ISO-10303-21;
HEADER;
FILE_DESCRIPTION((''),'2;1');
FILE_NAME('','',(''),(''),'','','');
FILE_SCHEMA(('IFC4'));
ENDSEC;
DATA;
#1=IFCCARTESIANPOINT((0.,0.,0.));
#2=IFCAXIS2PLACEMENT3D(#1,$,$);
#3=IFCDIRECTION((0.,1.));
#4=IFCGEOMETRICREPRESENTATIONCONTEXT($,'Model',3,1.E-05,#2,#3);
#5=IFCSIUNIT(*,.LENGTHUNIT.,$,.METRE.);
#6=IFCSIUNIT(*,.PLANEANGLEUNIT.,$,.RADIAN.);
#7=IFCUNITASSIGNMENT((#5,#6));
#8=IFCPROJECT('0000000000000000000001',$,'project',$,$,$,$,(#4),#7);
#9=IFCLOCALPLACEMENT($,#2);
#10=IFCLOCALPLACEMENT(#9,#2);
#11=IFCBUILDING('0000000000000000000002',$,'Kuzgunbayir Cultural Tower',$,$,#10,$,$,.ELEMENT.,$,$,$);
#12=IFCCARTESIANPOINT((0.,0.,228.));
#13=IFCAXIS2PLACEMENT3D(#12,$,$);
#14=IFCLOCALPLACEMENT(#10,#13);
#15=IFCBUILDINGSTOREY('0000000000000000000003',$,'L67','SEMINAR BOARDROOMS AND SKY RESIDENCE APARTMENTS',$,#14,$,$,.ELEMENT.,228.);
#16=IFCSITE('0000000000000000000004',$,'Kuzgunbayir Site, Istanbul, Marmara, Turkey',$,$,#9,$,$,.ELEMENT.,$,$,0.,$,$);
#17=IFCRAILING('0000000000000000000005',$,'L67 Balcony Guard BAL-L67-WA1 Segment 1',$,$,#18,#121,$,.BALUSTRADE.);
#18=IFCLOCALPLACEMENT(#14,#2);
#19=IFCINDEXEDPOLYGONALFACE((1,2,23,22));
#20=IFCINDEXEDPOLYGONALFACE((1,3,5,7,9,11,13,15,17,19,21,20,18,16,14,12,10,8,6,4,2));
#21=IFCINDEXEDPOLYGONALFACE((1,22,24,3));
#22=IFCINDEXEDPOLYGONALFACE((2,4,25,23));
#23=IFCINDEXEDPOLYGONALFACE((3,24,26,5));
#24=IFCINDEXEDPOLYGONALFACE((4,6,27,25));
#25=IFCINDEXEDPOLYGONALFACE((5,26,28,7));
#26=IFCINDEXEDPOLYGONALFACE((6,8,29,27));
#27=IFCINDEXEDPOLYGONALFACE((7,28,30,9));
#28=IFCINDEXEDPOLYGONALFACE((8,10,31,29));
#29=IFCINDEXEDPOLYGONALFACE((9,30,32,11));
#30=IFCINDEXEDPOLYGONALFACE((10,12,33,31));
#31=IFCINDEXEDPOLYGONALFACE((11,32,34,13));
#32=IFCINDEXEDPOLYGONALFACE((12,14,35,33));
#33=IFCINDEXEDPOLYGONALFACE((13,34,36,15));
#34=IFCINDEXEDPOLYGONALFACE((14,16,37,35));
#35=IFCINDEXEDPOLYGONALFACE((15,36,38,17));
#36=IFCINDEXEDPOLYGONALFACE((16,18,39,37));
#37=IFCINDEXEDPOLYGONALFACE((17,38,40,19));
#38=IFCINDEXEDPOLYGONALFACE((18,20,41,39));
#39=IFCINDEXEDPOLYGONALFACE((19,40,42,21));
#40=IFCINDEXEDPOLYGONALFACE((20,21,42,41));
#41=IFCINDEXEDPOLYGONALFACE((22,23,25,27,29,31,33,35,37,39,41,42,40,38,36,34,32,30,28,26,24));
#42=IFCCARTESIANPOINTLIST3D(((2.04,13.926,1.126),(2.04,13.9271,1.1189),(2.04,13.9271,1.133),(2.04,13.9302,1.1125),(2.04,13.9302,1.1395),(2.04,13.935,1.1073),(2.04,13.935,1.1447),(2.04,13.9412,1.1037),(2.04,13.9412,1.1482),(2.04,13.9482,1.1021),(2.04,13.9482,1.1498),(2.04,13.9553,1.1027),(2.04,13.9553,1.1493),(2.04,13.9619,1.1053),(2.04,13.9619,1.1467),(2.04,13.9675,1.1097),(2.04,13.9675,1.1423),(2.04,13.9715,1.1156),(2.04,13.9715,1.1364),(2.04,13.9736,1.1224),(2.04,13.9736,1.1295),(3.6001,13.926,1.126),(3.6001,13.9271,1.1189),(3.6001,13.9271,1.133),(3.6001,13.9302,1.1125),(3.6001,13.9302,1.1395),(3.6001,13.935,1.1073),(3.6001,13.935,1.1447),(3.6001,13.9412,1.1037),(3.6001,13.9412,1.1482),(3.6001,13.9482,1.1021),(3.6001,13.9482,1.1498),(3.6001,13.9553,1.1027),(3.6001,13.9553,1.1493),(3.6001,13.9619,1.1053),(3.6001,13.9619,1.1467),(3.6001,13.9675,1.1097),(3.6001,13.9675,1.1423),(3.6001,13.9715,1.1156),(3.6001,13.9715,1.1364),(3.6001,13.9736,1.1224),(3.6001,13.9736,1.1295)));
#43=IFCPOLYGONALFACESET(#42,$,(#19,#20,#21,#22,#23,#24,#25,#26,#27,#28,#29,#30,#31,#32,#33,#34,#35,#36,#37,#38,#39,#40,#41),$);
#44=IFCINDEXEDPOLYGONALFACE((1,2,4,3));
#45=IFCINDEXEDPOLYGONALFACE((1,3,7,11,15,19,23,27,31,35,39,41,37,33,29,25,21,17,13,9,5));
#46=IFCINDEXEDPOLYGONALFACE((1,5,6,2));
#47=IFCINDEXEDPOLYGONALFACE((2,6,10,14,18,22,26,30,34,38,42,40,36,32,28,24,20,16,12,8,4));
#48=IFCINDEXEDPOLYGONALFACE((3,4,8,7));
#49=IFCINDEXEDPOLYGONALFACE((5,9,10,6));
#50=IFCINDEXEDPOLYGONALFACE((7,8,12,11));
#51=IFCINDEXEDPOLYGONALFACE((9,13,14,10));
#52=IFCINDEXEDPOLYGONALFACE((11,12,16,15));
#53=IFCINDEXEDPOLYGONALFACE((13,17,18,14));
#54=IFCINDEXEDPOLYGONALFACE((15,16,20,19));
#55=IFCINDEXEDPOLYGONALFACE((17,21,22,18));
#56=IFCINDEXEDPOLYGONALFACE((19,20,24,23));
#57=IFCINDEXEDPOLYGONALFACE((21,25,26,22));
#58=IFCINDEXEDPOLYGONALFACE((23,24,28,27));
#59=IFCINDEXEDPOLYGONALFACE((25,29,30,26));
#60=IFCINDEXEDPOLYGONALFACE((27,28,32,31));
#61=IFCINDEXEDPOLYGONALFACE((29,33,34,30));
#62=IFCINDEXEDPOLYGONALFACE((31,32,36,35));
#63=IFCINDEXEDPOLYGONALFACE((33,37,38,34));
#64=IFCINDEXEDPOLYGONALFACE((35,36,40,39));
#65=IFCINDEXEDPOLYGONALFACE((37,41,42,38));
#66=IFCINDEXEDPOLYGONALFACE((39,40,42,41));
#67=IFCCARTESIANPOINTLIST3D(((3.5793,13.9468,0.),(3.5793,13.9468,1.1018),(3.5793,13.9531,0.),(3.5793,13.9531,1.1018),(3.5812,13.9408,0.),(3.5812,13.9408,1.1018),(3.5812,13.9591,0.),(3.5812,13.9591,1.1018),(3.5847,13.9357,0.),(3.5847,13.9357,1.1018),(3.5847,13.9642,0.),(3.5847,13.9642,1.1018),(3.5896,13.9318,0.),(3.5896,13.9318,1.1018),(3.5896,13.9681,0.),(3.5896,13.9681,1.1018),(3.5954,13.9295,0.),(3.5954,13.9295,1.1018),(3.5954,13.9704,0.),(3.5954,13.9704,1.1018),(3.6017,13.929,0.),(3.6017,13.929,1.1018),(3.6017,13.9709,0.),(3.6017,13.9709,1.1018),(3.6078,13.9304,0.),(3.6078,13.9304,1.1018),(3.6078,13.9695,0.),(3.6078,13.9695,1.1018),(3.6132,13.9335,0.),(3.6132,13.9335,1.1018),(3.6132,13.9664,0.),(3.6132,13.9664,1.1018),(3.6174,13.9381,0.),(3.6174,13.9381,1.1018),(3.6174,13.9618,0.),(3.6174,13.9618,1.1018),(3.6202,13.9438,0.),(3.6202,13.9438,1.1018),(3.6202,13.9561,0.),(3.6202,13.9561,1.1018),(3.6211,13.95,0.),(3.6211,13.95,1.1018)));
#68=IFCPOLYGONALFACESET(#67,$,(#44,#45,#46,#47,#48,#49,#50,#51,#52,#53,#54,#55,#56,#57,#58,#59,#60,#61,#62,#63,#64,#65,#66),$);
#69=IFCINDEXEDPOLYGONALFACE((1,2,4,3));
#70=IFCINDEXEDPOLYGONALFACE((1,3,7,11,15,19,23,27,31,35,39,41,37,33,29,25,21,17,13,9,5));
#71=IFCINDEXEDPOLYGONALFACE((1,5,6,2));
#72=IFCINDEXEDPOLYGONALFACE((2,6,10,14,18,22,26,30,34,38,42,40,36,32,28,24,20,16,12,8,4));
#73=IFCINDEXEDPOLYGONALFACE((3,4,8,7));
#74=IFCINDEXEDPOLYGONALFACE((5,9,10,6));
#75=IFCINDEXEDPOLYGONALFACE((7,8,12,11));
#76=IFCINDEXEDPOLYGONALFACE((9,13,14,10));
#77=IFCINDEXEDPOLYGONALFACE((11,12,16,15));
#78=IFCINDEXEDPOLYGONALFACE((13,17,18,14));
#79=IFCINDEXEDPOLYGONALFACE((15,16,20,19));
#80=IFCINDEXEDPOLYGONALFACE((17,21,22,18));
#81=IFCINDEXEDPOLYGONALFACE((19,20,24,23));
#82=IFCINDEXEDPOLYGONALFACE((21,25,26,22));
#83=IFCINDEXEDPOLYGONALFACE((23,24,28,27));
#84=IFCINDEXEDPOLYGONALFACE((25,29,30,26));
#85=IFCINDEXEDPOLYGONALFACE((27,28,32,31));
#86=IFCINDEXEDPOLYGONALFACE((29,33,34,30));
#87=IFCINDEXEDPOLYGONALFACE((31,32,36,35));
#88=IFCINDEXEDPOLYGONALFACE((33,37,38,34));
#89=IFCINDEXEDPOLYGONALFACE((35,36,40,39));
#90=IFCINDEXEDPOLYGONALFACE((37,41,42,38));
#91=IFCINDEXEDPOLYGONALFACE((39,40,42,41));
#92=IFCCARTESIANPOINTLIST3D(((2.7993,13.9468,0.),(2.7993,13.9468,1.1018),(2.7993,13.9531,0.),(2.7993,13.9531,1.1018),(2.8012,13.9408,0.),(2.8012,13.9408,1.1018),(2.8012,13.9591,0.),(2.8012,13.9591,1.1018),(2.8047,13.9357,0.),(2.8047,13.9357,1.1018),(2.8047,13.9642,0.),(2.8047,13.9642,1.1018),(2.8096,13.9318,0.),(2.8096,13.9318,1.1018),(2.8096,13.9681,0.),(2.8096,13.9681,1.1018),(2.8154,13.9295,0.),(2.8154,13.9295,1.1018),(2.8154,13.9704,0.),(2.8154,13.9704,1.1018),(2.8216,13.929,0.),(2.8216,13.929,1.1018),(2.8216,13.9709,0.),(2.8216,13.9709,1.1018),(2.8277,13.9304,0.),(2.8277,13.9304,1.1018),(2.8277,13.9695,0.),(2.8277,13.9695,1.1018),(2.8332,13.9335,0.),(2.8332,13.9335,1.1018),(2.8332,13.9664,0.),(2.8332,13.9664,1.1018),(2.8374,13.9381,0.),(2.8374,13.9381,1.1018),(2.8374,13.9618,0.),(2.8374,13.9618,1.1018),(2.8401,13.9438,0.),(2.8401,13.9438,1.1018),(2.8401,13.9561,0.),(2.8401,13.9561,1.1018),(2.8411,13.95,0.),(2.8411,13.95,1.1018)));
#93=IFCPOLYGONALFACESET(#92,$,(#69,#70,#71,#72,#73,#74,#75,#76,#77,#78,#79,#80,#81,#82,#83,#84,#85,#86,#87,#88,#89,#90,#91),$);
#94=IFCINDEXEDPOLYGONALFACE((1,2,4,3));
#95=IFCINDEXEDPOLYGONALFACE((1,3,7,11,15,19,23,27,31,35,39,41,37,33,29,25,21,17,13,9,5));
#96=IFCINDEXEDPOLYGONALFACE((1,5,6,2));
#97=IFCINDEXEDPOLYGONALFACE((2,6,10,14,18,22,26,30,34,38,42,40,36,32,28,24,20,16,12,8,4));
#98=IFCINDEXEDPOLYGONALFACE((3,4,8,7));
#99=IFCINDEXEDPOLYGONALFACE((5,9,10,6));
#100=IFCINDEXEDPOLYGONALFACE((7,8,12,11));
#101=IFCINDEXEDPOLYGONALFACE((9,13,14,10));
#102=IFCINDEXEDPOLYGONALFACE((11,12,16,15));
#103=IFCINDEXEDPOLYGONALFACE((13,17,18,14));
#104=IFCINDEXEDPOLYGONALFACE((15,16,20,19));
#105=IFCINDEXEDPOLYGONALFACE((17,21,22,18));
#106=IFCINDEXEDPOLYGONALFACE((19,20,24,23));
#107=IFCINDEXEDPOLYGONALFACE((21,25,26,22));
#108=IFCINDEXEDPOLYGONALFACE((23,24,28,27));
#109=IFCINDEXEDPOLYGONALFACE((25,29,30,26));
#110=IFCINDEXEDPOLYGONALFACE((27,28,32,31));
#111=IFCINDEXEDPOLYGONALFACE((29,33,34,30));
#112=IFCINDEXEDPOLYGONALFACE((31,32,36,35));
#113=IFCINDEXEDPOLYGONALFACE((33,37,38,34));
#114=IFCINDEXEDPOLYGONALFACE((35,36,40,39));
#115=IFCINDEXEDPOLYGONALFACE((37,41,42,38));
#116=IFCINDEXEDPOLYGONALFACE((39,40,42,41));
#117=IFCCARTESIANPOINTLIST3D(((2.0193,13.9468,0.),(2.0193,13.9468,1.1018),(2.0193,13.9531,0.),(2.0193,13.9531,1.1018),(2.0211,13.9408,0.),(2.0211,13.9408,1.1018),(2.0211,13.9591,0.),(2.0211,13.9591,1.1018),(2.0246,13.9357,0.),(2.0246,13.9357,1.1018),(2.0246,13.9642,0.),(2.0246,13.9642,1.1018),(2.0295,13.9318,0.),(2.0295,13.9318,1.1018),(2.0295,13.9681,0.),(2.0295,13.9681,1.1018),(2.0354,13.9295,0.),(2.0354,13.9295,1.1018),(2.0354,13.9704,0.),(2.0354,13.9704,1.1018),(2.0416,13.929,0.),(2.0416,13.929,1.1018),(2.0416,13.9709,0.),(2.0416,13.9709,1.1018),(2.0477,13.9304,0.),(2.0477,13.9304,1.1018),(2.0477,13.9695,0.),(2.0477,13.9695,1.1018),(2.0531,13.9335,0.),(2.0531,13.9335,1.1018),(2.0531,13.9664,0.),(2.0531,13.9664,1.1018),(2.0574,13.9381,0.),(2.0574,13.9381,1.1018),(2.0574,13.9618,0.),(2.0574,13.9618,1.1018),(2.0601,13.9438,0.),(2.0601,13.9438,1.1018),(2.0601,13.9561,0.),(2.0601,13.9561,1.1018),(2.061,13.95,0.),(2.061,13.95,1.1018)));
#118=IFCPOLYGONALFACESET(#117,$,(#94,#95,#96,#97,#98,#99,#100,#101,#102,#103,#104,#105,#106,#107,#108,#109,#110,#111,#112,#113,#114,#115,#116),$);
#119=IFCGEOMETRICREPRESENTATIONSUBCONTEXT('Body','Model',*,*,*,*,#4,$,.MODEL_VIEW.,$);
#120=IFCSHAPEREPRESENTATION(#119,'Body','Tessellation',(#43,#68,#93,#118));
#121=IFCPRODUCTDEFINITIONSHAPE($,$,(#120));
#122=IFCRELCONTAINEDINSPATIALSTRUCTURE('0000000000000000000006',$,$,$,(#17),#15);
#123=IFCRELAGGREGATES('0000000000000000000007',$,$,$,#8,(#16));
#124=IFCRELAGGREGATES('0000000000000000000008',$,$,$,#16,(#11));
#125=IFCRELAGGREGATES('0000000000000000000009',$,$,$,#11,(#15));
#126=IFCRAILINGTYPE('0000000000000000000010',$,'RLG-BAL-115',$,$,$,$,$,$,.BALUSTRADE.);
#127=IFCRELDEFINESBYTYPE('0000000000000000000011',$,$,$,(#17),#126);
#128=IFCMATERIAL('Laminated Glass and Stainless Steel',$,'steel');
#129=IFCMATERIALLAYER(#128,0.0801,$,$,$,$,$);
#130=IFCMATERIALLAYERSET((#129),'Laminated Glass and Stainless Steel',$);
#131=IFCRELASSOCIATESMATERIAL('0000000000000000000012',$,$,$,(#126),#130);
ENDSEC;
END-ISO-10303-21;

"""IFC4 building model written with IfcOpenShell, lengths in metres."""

from ifc_helpers import new_model, si_unit, direction, frame, origin, origin_2d, place, context, subcontext, project, spatial, circle, extrude, material, layer, layer_set, type_object, element, save


model = new_model("IFC4")

# Units and contexts
model_context = context("Model", 3, precision=1e-05, world=origin(), true_north=direction((0.0, 1.0)))
body_context = subcontext(model_context, "Body", "Model", "MODEL_VIEW")
ifc_project = project(units=[si_unit("LENGTHUNIT", "METRE"), si_unit("PLANEANGLEUNIT", "RADIAN")], contexts=[model_context])

# Site, building, storey
site_placement = place(None, origin())
site = spatial("IfcSite", under=ifc_project, at=site_placement, Name="Kuzgunbayir Site, Istanbul, Marmara, Turkey", CompositionType="ELEMENT", RefElevation=0.0)
building_placement = place(site_placement, origin())
building = spatial("IfcBuilding", under=site, at=building_placement, Name="Kuzgunbayir Cultural Tower", CompositionType="ELEMENT")
storey_placement = place(building_placement, frame((0.0, 0.0, 228.0)))
storey = spatial("IfcBuildingStorey", under=building, at=storey_placement, Name="L67", Description="SEMINAR BOARDROOMS AND SKY RESIDENCE APARTMENTS", CompositionType="ELEMENT", Elevation=228.0)

# Railing
ifc_material_1 = material(Name="Laminated Glass and Stainless Steel", Category="steel")
ifc_layer_1 = layer(ifc_material_1, 0.0801)
ifc_layer_set_1 = layer_set([ifc_layer_1], Name="Laminated Glass and Stainless Steel")
railing_type = type_object("IfcRailingType", Name="RLG-BAL-115", PredefinedType="BALUSTRADE", material=ifc_layer_set_1)
railing_1_placement = place(storey_placement, frame((3.6001, 13.95, 0.0)))
element("IfcRailing", 1, at=railing_1_placement, inside=storey, type_object=railing_type, Name="L67 Balcony Guard BAL-L67-WA1 Segment 1", PredefinedType="BALUSTRADE", context=body_context, shape_type="SweptSolid", body=[
    extrude(circle(Radius=0.0239, at=origin_2d()), frame((0.0, 0.0, 1.126), z_axis=(-1.0, 0.0, 0.0), x_axis=(0.0, -1.0, 0.0)), (0.0, 0.0, 1.0), 1.5601),
    extrude(circle(Radius=0.021, at=origin_2d()), origin(), (0.0, 0.0, 1.0), 1.1018),
    extrude(circle(Radius=0.021, at=origin_2d()), frame((-0.78, 0.0, 0.0)), (0.0, 0.0, 1.0), 1.1018),
    extrude(circle(Radius=0.021, at=origin_2d()), frame((-1.5601, 0.0, 0.0)), (0.0, 0.0, 1.0), 1.1018),
])

save(model, "model.ifc")
